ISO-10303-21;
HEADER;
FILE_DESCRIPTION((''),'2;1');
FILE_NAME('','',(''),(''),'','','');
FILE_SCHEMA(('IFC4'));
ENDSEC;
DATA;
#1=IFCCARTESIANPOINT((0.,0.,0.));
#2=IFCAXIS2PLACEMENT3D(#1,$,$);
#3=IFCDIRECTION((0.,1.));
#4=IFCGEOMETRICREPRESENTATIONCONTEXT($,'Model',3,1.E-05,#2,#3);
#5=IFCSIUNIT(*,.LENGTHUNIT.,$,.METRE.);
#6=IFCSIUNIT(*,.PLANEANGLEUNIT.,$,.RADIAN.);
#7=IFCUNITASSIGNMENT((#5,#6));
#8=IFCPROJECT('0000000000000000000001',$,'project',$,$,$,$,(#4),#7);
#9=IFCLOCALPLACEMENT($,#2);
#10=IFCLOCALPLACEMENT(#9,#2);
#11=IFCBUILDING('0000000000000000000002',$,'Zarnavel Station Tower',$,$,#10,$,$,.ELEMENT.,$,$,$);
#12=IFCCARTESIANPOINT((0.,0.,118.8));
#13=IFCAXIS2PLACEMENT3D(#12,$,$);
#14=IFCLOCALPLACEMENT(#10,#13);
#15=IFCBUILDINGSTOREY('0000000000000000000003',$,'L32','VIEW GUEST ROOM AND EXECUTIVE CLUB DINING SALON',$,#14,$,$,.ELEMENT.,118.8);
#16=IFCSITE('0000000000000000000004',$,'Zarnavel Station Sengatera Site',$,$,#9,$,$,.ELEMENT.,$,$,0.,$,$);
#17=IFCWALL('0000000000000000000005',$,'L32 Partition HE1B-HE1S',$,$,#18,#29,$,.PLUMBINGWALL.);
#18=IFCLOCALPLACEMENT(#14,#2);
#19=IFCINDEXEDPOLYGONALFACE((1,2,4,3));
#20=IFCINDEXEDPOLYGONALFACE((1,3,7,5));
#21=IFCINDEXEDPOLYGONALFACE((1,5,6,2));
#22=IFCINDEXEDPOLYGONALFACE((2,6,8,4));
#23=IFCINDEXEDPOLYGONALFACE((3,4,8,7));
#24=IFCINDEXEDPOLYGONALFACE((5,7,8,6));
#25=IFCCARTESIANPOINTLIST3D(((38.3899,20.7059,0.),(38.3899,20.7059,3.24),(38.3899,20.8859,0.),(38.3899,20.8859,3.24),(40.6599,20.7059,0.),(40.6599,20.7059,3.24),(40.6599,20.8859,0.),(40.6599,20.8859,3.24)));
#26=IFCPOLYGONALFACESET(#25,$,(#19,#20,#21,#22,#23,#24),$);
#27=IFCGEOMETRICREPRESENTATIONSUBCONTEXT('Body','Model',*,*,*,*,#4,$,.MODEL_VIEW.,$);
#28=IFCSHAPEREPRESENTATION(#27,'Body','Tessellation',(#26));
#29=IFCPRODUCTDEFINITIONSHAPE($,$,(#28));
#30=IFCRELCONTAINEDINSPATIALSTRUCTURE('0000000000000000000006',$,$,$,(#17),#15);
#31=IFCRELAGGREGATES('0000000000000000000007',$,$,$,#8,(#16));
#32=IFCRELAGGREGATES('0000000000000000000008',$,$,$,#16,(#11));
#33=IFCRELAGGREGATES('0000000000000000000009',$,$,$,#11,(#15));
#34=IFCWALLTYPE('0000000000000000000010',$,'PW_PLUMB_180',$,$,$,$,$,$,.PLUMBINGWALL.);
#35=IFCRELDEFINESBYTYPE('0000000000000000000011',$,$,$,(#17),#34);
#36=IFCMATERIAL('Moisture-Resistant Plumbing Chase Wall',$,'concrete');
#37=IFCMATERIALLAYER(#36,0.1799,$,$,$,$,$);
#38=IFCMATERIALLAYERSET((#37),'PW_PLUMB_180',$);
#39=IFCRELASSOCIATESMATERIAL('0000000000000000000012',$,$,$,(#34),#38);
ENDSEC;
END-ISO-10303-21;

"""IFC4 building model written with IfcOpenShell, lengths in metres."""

from ifc_helpers import new_model, si_unit, direction, frame, frame_2d, origin, place, context, subcontext, project, spatial, rectangle, extrude, material, layer, layer_set, type_object, element, save


model = new_model("IFC4")

# Units and contexts
model_context = context("Model", 3, precision=1e-05, world=origin(), true_north=direction((0.0, 1.0)))
body_context = subcontext(model_context, "Body", "Model", "MODEL_VIEW")
ifc_project = project(units=[si_unit("LENGTHUNIT", "METRE"), si_unit("PLANEANGLEUNIT", "RADIAN")], contexts=[model_context])

# Site, building, storey
site_placement = place(None, origin())
site = spatial("IfcSite", under=ifc_project, at=site_placement, Name="Zarnavel Station Sengatera Site", CompositionType="ELEMENT", RefElevation=0.0)
building_placement = place(site_placement, origin())
building = spatial("IfcBuilding", under=site, at=building_placement, Name="Zarnavel Station Tower", CompositionType="ELEMENT")
storey_placement = place(building_placement, frame((0.0, 0.0, 118.8)))
storey = spatial("IfcBuildingStorey", under=building, at=storey_placement, Name="L32", Description="VIEW GUEST ROOM AND EXECUTIVE CLUB DINING SALON", CompositionType="ELEMENT", Elevation=118.8)

# Wall
ifc_material_1 = material(Name="Moisture-Resistant Plumbing Chase Wall", Category="concrete")
ifc_layer_1 = layer(ifc_material_1, 0.1799)
ifc_layer_set_1 = layer_set([ifc_layer_1], Name="PW_PLUMB_180")
wall_type_1 = type_object("IfcWallType", Name="PW_PLUMB_180", PredefinedType="PLUMBINGWALL", material=ifc_layer_set_1)
wall_1_placement = place(storey_placement, frame((38.3899, 20.7959, 0.0), z_axis=(0.0, 0.0, 1.0), x_axis=(1.0, 0.0, 0.0)))
element("IfcWall", 1, at=wall_1_placement, inside=storey, type_object=wall_type_1, Name="L32 Partition HE1B-HE1S", PredefinedType="PLUMBINGWALL", context=body_context, shape_type="SweptSolid", body=[
    extrude(rectangle(XDim=2.27, YDim=0.1799, at=frame_2d((1.135, 0.0))), origin(), (0.0, 0.0, 1.0), 3.24),
])

save(model, "model.ifc")
